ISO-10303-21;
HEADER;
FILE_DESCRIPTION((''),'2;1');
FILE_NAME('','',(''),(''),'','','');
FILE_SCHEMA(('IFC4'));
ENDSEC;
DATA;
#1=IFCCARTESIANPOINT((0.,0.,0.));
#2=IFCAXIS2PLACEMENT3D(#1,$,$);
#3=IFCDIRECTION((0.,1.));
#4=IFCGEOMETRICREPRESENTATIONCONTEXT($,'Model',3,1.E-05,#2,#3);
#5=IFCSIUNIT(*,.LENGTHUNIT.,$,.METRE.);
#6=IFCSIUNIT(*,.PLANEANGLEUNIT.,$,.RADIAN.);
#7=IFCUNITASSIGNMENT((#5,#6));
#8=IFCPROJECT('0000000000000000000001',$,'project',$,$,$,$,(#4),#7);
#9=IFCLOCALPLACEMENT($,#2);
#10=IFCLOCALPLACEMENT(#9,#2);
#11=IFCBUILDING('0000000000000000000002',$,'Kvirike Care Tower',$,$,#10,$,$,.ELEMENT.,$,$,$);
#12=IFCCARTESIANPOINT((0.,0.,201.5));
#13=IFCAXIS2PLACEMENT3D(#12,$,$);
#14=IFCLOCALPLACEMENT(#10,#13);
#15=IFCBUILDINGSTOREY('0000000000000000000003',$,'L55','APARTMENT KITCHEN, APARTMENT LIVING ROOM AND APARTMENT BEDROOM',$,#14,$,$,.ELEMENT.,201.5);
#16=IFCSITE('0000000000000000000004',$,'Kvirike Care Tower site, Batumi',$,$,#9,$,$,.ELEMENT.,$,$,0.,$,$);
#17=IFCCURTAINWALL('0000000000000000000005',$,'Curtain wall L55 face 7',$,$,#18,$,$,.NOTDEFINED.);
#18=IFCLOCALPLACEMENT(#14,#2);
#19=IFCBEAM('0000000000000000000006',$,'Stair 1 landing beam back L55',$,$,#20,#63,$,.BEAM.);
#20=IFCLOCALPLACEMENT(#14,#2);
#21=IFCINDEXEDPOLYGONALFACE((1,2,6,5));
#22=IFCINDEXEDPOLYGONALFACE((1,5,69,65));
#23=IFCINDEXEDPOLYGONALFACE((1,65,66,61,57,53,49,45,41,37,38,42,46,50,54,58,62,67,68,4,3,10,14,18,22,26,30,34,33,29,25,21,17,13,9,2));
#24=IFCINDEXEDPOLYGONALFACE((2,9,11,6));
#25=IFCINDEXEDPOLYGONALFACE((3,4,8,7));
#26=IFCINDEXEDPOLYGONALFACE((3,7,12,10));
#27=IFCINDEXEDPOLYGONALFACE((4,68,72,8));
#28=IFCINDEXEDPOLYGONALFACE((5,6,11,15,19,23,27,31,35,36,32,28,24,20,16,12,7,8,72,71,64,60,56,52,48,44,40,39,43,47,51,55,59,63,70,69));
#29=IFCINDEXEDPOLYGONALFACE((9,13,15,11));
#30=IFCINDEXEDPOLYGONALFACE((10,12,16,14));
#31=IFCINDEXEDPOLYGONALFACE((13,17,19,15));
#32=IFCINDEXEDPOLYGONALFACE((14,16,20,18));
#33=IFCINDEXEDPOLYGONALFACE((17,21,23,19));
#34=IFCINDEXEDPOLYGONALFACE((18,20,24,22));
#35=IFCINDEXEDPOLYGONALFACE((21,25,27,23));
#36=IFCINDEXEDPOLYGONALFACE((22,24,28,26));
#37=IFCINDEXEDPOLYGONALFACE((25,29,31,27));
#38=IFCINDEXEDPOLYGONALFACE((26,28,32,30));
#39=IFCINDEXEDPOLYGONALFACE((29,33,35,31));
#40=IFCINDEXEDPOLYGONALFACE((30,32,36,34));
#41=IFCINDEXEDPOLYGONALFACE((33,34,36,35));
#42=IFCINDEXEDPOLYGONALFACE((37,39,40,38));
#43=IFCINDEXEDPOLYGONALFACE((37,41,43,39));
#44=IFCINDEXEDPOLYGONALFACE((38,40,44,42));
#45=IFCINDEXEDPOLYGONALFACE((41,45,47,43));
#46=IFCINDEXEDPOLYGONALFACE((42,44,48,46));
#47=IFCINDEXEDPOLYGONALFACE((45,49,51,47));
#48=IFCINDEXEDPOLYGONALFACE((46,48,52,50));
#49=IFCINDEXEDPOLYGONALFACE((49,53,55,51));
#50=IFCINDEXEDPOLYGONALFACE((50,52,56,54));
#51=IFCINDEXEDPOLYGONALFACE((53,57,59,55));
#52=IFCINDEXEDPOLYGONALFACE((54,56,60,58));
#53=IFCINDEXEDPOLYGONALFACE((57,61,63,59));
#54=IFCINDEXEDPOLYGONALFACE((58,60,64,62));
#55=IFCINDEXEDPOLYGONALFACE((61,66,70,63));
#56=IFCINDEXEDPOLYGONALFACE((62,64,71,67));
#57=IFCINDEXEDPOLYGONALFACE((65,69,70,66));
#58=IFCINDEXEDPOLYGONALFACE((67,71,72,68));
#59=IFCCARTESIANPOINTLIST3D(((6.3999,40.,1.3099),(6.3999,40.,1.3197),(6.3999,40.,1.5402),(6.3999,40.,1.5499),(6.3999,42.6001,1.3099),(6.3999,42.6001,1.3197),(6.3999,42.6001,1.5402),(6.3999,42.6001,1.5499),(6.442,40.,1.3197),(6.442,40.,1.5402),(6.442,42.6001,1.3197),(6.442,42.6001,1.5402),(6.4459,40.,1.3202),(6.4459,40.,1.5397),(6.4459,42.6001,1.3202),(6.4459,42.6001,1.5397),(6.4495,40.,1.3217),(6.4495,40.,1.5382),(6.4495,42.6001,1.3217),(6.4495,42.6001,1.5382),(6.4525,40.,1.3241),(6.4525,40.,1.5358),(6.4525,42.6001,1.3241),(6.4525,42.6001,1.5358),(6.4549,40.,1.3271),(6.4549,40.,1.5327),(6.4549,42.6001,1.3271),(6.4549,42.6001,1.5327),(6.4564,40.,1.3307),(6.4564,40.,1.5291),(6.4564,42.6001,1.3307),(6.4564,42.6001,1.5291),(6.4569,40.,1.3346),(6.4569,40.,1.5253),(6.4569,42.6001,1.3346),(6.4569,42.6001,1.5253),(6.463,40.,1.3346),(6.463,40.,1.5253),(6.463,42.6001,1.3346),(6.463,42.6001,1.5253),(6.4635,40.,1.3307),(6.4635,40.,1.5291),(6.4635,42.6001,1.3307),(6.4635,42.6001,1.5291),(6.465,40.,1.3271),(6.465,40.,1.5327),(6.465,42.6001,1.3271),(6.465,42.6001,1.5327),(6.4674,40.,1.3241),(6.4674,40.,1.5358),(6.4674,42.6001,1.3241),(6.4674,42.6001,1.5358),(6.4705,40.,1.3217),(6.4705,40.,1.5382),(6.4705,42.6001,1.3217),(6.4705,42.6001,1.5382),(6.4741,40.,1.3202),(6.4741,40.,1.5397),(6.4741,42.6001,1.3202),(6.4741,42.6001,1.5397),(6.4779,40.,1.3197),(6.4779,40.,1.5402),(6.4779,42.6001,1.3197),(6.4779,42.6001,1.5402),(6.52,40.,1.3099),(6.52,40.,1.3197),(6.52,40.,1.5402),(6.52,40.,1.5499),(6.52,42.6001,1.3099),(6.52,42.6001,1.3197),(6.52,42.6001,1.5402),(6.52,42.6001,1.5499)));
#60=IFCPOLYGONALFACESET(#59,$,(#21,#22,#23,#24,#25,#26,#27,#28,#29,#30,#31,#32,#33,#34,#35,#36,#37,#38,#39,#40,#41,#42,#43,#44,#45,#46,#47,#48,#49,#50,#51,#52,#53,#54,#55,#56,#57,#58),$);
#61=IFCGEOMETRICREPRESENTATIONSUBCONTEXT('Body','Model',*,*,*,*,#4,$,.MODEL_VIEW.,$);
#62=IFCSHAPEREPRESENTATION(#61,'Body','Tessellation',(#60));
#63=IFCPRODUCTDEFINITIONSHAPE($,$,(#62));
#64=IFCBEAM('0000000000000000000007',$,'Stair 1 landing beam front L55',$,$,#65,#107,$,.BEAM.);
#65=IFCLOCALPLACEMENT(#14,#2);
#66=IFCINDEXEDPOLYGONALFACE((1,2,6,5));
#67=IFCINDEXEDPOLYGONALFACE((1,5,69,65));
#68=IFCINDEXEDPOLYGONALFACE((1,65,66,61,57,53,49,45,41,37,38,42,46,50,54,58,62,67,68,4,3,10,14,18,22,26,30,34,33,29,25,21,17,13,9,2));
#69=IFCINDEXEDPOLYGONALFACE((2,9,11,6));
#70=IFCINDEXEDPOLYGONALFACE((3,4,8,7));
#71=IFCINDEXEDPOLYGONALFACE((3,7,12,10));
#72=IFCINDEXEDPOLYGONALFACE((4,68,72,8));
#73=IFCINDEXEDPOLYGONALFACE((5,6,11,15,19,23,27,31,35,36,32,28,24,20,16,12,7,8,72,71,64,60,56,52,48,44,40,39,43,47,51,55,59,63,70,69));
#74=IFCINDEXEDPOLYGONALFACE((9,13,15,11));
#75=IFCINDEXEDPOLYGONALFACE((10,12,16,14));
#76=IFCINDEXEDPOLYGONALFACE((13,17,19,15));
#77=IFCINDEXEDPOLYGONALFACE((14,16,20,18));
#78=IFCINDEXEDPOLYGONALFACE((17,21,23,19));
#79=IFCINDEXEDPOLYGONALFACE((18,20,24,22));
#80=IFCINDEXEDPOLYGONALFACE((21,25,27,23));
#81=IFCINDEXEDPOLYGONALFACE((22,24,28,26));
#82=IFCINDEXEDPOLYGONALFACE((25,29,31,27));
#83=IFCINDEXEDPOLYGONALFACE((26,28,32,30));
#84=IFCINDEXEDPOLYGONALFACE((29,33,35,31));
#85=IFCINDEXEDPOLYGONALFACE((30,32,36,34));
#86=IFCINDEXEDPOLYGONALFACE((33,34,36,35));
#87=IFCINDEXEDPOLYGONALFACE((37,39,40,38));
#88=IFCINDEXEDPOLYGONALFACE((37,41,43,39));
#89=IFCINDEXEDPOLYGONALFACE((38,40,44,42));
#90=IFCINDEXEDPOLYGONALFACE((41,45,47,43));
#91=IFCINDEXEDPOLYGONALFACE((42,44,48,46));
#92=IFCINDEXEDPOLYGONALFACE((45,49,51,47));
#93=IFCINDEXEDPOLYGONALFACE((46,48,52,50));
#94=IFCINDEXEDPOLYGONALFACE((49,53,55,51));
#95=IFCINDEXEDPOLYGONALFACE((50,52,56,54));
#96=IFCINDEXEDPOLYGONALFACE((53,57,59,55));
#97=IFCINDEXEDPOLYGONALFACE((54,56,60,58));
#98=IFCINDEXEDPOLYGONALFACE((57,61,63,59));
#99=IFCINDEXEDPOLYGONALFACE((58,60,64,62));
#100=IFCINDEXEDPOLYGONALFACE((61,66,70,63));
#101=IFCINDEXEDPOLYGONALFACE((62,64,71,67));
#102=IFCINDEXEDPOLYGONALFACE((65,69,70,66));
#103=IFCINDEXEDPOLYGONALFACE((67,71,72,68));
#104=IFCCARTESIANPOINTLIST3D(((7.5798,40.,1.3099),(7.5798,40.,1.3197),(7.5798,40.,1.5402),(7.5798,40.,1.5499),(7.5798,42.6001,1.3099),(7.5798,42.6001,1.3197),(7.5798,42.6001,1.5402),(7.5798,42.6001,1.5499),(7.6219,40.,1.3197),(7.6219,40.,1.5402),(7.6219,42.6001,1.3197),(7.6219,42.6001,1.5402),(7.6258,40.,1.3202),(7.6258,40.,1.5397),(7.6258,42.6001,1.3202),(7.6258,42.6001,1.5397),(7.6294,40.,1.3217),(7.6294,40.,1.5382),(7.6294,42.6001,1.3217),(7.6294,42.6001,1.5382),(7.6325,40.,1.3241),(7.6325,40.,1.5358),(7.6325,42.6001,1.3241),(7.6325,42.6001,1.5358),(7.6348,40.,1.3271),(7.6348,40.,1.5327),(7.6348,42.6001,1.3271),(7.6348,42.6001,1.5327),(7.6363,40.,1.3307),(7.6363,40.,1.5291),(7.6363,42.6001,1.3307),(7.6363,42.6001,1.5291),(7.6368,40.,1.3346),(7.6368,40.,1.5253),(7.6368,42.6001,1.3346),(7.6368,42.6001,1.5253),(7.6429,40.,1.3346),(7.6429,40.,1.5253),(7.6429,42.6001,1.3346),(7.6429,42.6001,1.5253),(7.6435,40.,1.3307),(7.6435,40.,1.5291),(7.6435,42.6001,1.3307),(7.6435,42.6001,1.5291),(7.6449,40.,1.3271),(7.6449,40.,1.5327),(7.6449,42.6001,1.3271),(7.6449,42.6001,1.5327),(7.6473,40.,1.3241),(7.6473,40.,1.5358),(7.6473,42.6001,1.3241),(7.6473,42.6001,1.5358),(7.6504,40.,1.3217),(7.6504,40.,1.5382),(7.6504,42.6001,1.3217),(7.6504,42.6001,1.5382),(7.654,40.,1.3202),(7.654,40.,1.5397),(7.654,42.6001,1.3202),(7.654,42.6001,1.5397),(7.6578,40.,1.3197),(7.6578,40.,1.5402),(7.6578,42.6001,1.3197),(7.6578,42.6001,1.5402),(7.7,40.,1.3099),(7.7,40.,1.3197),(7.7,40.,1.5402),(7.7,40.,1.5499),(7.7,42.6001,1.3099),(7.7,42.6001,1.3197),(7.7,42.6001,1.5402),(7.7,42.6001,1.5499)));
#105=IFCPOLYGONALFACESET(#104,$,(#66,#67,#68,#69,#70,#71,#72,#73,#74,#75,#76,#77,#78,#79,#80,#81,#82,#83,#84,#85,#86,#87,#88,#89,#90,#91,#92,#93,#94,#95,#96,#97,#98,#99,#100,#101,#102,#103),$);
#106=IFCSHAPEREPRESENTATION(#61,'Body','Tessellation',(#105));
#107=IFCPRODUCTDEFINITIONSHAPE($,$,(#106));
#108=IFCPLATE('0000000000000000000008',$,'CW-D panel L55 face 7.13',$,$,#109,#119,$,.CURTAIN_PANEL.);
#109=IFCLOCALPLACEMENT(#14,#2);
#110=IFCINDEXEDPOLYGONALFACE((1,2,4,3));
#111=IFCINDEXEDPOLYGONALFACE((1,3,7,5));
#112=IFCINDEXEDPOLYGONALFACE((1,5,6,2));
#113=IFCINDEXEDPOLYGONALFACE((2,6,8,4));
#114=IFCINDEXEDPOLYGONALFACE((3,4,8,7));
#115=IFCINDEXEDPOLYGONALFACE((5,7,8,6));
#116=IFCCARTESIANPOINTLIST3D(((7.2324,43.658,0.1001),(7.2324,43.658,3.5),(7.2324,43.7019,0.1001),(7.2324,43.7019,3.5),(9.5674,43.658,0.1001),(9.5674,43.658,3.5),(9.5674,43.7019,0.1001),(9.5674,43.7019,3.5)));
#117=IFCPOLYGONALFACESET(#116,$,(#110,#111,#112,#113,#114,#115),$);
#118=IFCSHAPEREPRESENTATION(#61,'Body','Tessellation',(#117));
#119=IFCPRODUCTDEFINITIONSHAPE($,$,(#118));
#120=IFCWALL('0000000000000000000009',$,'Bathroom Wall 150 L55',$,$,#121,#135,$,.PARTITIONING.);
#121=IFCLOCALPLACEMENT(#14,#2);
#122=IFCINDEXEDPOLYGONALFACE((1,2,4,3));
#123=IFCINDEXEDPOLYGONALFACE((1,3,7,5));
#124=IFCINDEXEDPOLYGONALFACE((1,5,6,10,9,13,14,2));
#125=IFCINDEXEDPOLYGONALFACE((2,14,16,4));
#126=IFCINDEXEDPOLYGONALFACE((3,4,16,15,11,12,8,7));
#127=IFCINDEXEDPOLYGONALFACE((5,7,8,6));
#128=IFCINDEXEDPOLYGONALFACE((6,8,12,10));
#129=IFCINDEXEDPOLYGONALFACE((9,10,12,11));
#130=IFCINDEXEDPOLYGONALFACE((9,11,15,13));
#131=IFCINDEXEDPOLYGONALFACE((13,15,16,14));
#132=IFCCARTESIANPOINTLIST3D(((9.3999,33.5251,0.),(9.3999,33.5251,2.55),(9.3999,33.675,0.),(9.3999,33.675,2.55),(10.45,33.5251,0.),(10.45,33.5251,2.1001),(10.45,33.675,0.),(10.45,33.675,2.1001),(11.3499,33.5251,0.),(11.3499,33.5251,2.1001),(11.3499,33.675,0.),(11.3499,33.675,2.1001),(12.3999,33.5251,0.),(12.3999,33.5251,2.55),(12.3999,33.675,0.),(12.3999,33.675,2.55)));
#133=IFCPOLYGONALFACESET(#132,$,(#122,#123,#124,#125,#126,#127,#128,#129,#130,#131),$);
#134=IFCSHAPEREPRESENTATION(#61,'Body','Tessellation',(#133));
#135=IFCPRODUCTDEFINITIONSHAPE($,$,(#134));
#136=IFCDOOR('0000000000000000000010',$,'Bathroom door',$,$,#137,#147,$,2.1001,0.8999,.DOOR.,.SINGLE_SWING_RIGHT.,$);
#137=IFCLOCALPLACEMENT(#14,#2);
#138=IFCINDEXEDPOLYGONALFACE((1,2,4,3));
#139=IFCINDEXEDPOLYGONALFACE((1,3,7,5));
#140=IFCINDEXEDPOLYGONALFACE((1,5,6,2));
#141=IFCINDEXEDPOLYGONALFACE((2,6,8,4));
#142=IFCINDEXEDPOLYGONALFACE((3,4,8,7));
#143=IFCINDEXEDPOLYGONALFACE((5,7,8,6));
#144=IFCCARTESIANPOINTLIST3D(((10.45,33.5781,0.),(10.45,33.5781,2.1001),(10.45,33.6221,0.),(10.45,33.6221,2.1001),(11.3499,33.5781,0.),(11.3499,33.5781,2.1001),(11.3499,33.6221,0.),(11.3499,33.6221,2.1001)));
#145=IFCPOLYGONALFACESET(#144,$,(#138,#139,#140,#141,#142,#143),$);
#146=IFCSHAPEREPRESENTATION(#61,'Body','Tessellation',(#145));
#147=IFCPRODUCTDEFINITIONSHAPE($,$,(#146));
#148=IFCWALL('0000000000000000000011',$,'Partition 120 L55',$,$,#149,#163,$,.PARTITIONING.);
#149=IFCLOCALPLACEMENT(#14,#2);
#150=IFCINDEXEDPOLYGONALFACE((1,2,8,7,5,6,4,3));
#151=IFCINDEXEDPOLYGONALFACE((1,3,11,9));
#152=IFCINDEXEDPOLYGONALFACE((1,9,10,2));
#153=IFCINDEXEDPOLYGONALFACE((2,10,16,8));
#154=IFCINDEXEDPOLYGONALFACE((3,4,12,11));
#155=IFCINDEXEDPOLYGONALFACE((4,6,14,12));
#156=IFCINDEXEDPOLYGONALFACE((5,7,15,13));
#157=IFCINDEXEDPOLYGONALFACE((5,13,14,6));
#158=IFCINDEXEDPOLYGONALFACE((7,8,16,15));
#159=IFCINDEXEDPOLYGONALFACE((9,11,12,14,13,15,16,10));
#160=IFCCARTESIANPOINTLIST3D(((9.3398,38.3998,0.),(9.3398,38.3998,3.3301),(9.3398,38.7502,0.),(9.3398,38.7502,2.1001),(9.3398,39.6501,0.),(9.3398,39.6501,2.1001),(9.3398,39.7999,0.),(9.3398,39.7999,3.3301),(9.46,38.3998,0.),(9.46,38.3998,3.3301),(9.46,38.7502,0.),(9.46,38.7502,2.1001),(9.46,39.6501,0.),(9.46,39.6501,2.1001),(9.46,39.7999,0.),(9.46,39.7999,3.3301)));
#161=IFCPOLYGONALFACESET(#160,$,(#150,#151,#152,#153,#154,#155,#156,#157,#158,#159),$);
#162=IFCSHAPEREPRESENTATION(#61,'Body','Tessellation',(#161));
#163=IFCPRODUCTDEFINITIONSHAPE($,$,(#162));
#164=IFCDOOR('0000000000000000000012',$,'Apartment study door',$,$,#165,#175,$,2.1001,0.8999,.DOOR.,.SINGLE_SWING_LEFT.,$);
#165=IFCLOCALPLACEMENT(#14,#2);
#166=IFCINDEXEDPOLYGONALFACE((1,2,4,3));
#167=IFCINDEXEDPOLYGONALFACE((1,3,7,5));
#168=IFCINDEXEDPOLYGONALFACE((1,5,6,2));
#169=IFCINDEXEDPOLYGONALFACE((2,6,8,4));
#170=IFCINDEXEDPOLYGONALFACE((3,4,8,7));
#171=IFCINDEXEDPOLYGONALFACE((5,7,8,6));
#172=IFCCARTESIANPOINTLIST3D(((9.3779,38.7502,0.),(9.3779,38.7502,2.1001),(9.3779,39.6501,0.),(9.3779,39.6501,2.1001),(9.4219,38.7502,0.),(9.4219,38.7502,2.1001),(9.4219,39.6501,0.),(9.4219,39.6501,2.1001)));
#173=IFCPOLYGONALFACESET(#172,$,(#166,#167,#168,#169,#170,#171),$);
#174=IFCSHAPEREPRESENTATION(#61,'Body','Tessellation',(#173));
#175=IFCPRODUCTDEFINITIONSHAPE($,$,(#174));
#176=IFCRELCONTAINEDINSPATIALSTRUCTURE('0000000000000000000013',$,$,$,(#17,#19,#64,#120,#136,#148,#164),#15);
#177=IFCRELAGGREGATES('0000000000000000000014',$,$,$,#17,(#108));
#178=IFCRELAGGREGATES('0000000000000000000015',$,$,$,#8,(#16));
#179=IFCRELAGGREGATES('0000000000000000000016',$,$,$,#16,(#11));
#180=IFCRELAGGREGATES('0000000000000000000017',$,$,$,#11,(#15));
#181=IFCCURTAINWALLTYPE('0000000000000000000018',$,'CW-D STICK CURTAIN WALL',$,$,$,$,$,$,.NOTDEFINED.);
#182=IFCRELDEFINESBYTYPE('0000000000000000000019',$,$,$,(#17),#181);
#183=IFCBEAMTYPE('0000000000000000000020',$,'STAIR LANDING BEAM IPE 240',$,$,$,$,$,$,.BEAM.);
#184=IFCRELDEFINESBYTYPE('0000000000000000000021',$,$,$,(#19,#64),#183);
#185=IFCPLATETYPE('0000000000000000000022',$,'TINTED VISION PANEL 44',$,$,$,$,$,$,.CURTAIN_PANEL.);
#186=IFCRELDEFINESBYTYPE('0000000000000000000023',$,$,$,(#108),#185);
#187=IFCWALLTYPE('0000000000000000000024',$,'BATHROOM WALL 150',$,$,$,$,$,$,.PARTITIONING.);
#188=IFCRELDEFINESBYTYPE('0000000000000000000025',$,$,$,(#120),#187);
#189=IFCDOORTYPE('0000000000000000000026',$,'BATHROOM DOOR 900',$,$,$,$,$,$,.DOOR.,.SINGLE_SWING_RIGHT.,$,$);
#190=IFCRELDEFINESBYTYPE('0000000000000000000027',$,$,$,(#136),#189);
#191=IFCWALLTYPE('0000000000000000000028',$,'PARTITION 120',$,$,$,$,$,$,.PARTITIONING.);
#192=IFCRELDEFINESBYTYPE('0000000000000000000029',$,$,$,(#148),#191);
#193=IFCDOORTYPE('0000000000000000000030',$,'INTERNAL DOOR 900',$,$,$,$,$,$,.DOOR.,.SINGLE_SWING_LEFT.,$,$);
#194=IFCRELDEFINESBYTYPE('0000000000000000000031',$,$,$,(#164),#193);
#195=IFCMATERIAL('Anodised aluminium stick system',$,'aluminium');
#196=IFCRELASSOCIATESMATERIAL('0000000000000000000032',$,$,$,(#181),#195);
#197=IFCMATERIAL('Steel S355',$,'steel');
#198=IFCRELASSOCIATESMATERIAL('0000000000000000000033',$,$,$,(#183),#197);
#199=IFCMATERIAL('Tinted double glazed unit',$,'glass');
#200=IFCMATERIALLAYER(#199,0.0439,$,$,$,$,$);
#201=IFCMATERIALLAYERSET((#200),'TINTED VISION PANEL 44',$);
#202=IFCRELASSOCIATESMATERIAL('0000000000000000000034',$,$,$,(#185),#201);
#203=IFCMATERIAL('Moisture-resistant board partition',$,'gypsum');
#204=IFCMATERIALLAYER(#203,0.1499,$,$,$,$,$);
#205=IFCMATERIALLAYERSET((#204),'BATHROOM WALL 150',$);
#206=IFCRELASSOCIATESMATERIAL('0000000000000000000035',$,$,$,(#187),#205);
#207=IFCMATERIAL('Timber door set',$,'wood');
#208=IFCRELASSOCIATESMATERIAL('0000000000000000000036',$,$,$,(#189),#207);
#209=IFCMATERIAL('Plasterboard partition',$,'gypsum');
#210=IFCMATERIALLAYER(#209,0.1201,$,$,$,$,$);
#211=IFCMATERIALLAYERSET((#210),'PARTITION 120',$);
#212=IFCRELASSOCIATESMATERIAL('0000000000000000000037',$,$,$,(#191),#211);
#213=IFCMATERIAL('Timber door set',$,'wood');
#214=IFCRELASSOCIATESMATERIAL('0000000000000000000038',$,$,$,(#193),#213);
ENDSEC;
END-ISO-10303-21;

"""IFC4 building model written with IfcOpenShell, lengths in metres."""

from ifc_helpers import new_model, si_unit, direction, frame, frame_2d, origin, origin_2d, place, context, subcontext, project, spatial, rectangle, i_section, extrude, material, layer, layer_set, material_profile, profile_set, type_object, element, fill, aggregate, save


model = new_model("IFC4")

# Units and contexts
model_context = context("Model", 3, precision=1e-05, world=origin(), true_north=direction((0.0, 1.0)))
body_context = subcontext(model_context, "Body", "Model", "MODEL_VIEW")
ifc_project = project(units=[si_unit("LENGTHUNIT", "METRE"), si_unit("PLANEANGLEUNIT", "RADIAN")], contexts=[model_context])

# Site, building, storey
site_placement = place(None, origin())
site = spatial("IfcSite", under=ifc_project, at=site_placement, Name="Kvirike Care Tower site, Batumi", CompositionType="ELEMENT", RefElevation=0.0)
building_placement = place(site_placement, origin())
building = spatial("IfcBuilding", under=site, at=building_placement, Name="Kvirike Care Tower", CompositionType="ELEMENT")
storey_placement = place(building_placement, frame((0.0, 0.0, 201.5)))
storey = spatial("IfcBuildingStorey", under=building, at=storey_placement, Name="L55", Description="APARTMENT KITCHEN, APARTMENT LIVING ROOM AND APARTMENT BEDROOM", CompositionType="ELEMENT", Elevation=201.5)

# Curtain wall
ifc_material_1 = material(Name="Anodised aluminium stick system", Category="aluminium")
curtain_wall_type = type_object("IfcCurtainWallType", Name="CW-D STICK CURTAIN WALL", PredefinedType="NOTDEFINED", material=ifc_material_1)
curtain_wall_placement = place(storey_placement, origin())
curtain_wall = element("IfcCurtainWall", 1, at=curtain_wall_placement, inside=storey, type_object=curtain_wall_type, Name="Curtain wall L55 face 7", PredefinedType="NOTDEFINED")

# Beams
ifc_material_2 = material(Name="Steel S355", Category="steel")
ifc_material_profile_1 = material_profile(ifc_material_2, i_section(OverallWidth=0.1201, OverallDepth=0.24, WebThickness=0.0061, FlangeThickness=0.0098, FilletRadius=0.0149, at=origin_2d()), Name="IPE 240")
ifc_profile_set_1 = profile_set([ifc_material_profile_1], Name="Steel S355")
beam_type_1 = type_object("IfcBeamType", Name="STAIR LANDING BEAM IPE 240", PredefinedType="BEAM", material=ifc_profile_set_1)
for number, where, z_axis, x_axis, name in (
    (2, (6.46, 42.6001, 1.4299), (0.0, -1.0, 0.0), (1.0, 0.0, 0.0), "Stair 1 landing beam back L55"),
    (3, (7.6399, 42.6001, 1.4299), (0.0, -1.0, 0.0), (1.0, 0.0, 0.0), "Stair 1 landing beam front L55"),
):
    element("IfcBeam", number, at=place(storey_placement, frame(where, z_axis=z_axis, x_axis=x_axis)), inside=storey, type_object=beam_type_1, Name=name, PredefinedType="BEAM", context=body_context, shape_type="SweptSolid", body=[
        extrude(i_section(OverallWidth=0.1201, OverallDepth=0.24, WebThickness=0.0061, FlangeThickness=0.0098, FilletRadius=0.0149, at=origin_2d()), origin(), (0.0, 0.0, 1.0), 2.6001),
    ])

# Plate
ifc_material_3 = material(Name="Tinted double glazed unit", Category="glass")
ifc_layer_1 = layer(ifc_material_3, 0.0439)
ifc_layer_set_1 = layer_set([ifc_layer_1], Name="TINTED VISION PANEL 44")
plate_type = type_object("IfcPlateType", Name="TINTED VISION PANEL 44", PredefinedType="CURTAIN_PANEL", material=ifc_layer_set_1)
plate_placement = place(storey_placement, frame((8.3999, 43.6799, 0.1001), z_axis=(0.0, 0.0, 1.0), x_axis=(-1.0, 0.0, 0.0)))
plate = element("IfcPlate", 4, at=plate_placement, type_object=plate_type, Name="CW-D panel L55 face 7.13", PredefinedType="CURTAIN_PANEL", context=body_context, shape_type="SweptSolid", body=[
    extrude(rectangle(XDim=2.335, YDim=0.0439, at=origin_2d()), origin(), (0.0, 0.0, 1.0), 3.3999),
])
aggregate(curtain_wall, [plate])

# Walls, openings, doors
ifc_material_4 = material(Name="Moisture-resistant board partition", Category="gypsum")
ifc_layer_2 = layer(ifc_material_4, 0.1499)
ifc_layer_set_2 = layer_set([ifc_layer_2], Name="BATHROOM WALL 150")
wall_type_1 = type_object("IfcWallType", Name="BATHROOM WALL 150", PredefinedType="PARTITIONING", material=ifc_layer_set_2)
wall_1_placement = place(storey_placement, frame((9.3999, 33.6001, 0.0), z_axis=(0.0, 0.0, 1.0), x_axis=(1.0, 0.0, 0.0)))
wall_1 = element("IfcWall", 5, at=wall_1_placement, inside=storey, type_object=wall_type_1, Name="Bathroom Wall 150 L55", PredefinedType="PARTITIONING", context=body_context, shape_type="SweptSolid", body=[
    extrude(rectangle(XDim=3.0, YDim=0.1499, at=frame_2d((1.5, 0.0))), origin(), (0.0, 0.0, 1.0), 2.55),
])
opening_1_placement = place(wall_1_placement, frame((1.05, 0.0, 0.0)))
opening_1 = element("IfcOpeningElement", 6, at=opening_1_placement, cuts=wall_1, PredefinedType="OPENING", context=body_context, shape_type="SweptSolid", body=[
    extrude(rectangle(XDim=0.8999, YDim=2.1001, at=frame_2d((0.45, 1.05))), frame((0.0, 0.0854, 0.0), z_axis=(0.0, -1.0, 0.0), x_axis=(1.0, 0.0, 0.0)), (0.0, 0.0, 1.0), 0.1709),
])
ifc_material_5 = material(Name="Timber door set", Category="wood")
door_type_1 = type_object("IfcDoorType", Name="BATHROOM DOOR 900", OperationType="SINGLE_SWING_RIGHT", PredefinedType="DOOR", material=ifc_material_5)
door_1_placement = place(opening_1_placement, frame((0.8999, 0.0, 0.0), z_axis=(0.0, 0.0, 1.0), x_axis=(-1.0, 0.0, 0.0)))
door_1 = element("IfcDoor", 7, at=door_1_placement, inside=storey, type_object=door_type_1, Name="Bathroom door", OperationType="SINGLE_SWING_RIGHT", OverallHeight=2.1001, OverallWidth=0.8999, PredefinedType="DOOR", context=body_context, shape_type="SweptSolid", body=[
    extrude(rectangle(XDim=0.8999, YDim=2.1001, at=frame_2d((0.45, 1.05))), frame((0.0, 0.022, 0.0), z_axis=(0.0, -1.0, 0.0), x_axis=(1.0, 0.0, 0.0)), (0.0, 0.0, 1.0), 0.0439),
])
fill(opening_1, door_1)
ifc_material_6 = material(Name="Plasterboard partition", Category="gypsum")
ifc_layer_3 = layer(ifc_material_6, 0.1201)
ifc_layer_set_3 = layer_set([ifc_layer_3], Name="PARTITION 120")
wall_type_2 = type_object("IfcWallType", Name="PARTITION 120", PredefinedType="PARTITIONING", material=ifc_layer_set_3)
wall_2_placement = place(storey_placement, frame((9.3999, 39.8, 0.0), z_axis=(0.0, 0.0, 1.0), x_axis=(0.0, -1.0, 0.0)))
wall_2 = element("IfcWall", 8, at=wall_2_placement, inside=storey, type_object=wall_type_2, Name="Partition 120 L55", PredefinedType="PARTITIONING", context=body_context, shape_type="SweptSolid", body=[
    extrude(rectangle(XDim=1.4001, YDim=0.1201, at=frame_2d((0.7002, 0.0))), origin(), (0.0, 0.0, 1.0), 3.3301),
])
opening_2_placement = place(wall_2_placement, frame((0.1499, 0.0, 0.0)))
opening_2 = element("IfcOpeningElement", 9, at=opening_2_placement, cuts=wall_2, PredefinedType="OPENING", context=body_context, shape_type="SweptSolid", body=[
    extrude(rectangle(XDim=0.8999, YDim=2.1001, at=frame_2d((0.45, 1.05))), frame((0.0, 0.0706, 0.0), z_axis=(0.0, -1.0, 0.0), x_axis=(1.0, 0.0, 0.0)), (0.0, 0.0, 1.0), 0.1411),
])
ifc_material_7 = material(Name="Timber door set", Category="wood")
door_type_2 = type_object("IfcDoorType", Name="INTERNAL DOOR 900", OperationType="SINGLE_SWING_LEFT", PredefinedType="DOOR", material=ifc_material_7)
door_2_placement = place(opening_2_placement, frame((0.8999, 0.0, 0.0), z_axis=(0.0, 0.0, 1.0), x_axis=(-1.0, 0.0, 0.0)))
door_2 = element("IfcDoor", 10, at=door_2_placement, inside=storey, type_object=door_type_2, Name="Apartment study door", OperationType="SINGLE_SWING_LEFT", OverallHeight=2.1001, OverallWidth=0.8999, PredefinedType="DOOR", context=body_context, shape_type="SweptSolid", body=[
    extrude(rectangle(XDim=0.8999, YDim=2.1001, at=frame_2d((0.45, 1.05))), frame((0.0, 0.022, 0.0), z_axis=(0.0, -1.0, 0.0), x_axis=(1.0, 0.0, 0.0)), (0.0, 0.0, 1.0), 0.0439),
])
fill(opening_2, door_2)

save(model, "model.ifc")
